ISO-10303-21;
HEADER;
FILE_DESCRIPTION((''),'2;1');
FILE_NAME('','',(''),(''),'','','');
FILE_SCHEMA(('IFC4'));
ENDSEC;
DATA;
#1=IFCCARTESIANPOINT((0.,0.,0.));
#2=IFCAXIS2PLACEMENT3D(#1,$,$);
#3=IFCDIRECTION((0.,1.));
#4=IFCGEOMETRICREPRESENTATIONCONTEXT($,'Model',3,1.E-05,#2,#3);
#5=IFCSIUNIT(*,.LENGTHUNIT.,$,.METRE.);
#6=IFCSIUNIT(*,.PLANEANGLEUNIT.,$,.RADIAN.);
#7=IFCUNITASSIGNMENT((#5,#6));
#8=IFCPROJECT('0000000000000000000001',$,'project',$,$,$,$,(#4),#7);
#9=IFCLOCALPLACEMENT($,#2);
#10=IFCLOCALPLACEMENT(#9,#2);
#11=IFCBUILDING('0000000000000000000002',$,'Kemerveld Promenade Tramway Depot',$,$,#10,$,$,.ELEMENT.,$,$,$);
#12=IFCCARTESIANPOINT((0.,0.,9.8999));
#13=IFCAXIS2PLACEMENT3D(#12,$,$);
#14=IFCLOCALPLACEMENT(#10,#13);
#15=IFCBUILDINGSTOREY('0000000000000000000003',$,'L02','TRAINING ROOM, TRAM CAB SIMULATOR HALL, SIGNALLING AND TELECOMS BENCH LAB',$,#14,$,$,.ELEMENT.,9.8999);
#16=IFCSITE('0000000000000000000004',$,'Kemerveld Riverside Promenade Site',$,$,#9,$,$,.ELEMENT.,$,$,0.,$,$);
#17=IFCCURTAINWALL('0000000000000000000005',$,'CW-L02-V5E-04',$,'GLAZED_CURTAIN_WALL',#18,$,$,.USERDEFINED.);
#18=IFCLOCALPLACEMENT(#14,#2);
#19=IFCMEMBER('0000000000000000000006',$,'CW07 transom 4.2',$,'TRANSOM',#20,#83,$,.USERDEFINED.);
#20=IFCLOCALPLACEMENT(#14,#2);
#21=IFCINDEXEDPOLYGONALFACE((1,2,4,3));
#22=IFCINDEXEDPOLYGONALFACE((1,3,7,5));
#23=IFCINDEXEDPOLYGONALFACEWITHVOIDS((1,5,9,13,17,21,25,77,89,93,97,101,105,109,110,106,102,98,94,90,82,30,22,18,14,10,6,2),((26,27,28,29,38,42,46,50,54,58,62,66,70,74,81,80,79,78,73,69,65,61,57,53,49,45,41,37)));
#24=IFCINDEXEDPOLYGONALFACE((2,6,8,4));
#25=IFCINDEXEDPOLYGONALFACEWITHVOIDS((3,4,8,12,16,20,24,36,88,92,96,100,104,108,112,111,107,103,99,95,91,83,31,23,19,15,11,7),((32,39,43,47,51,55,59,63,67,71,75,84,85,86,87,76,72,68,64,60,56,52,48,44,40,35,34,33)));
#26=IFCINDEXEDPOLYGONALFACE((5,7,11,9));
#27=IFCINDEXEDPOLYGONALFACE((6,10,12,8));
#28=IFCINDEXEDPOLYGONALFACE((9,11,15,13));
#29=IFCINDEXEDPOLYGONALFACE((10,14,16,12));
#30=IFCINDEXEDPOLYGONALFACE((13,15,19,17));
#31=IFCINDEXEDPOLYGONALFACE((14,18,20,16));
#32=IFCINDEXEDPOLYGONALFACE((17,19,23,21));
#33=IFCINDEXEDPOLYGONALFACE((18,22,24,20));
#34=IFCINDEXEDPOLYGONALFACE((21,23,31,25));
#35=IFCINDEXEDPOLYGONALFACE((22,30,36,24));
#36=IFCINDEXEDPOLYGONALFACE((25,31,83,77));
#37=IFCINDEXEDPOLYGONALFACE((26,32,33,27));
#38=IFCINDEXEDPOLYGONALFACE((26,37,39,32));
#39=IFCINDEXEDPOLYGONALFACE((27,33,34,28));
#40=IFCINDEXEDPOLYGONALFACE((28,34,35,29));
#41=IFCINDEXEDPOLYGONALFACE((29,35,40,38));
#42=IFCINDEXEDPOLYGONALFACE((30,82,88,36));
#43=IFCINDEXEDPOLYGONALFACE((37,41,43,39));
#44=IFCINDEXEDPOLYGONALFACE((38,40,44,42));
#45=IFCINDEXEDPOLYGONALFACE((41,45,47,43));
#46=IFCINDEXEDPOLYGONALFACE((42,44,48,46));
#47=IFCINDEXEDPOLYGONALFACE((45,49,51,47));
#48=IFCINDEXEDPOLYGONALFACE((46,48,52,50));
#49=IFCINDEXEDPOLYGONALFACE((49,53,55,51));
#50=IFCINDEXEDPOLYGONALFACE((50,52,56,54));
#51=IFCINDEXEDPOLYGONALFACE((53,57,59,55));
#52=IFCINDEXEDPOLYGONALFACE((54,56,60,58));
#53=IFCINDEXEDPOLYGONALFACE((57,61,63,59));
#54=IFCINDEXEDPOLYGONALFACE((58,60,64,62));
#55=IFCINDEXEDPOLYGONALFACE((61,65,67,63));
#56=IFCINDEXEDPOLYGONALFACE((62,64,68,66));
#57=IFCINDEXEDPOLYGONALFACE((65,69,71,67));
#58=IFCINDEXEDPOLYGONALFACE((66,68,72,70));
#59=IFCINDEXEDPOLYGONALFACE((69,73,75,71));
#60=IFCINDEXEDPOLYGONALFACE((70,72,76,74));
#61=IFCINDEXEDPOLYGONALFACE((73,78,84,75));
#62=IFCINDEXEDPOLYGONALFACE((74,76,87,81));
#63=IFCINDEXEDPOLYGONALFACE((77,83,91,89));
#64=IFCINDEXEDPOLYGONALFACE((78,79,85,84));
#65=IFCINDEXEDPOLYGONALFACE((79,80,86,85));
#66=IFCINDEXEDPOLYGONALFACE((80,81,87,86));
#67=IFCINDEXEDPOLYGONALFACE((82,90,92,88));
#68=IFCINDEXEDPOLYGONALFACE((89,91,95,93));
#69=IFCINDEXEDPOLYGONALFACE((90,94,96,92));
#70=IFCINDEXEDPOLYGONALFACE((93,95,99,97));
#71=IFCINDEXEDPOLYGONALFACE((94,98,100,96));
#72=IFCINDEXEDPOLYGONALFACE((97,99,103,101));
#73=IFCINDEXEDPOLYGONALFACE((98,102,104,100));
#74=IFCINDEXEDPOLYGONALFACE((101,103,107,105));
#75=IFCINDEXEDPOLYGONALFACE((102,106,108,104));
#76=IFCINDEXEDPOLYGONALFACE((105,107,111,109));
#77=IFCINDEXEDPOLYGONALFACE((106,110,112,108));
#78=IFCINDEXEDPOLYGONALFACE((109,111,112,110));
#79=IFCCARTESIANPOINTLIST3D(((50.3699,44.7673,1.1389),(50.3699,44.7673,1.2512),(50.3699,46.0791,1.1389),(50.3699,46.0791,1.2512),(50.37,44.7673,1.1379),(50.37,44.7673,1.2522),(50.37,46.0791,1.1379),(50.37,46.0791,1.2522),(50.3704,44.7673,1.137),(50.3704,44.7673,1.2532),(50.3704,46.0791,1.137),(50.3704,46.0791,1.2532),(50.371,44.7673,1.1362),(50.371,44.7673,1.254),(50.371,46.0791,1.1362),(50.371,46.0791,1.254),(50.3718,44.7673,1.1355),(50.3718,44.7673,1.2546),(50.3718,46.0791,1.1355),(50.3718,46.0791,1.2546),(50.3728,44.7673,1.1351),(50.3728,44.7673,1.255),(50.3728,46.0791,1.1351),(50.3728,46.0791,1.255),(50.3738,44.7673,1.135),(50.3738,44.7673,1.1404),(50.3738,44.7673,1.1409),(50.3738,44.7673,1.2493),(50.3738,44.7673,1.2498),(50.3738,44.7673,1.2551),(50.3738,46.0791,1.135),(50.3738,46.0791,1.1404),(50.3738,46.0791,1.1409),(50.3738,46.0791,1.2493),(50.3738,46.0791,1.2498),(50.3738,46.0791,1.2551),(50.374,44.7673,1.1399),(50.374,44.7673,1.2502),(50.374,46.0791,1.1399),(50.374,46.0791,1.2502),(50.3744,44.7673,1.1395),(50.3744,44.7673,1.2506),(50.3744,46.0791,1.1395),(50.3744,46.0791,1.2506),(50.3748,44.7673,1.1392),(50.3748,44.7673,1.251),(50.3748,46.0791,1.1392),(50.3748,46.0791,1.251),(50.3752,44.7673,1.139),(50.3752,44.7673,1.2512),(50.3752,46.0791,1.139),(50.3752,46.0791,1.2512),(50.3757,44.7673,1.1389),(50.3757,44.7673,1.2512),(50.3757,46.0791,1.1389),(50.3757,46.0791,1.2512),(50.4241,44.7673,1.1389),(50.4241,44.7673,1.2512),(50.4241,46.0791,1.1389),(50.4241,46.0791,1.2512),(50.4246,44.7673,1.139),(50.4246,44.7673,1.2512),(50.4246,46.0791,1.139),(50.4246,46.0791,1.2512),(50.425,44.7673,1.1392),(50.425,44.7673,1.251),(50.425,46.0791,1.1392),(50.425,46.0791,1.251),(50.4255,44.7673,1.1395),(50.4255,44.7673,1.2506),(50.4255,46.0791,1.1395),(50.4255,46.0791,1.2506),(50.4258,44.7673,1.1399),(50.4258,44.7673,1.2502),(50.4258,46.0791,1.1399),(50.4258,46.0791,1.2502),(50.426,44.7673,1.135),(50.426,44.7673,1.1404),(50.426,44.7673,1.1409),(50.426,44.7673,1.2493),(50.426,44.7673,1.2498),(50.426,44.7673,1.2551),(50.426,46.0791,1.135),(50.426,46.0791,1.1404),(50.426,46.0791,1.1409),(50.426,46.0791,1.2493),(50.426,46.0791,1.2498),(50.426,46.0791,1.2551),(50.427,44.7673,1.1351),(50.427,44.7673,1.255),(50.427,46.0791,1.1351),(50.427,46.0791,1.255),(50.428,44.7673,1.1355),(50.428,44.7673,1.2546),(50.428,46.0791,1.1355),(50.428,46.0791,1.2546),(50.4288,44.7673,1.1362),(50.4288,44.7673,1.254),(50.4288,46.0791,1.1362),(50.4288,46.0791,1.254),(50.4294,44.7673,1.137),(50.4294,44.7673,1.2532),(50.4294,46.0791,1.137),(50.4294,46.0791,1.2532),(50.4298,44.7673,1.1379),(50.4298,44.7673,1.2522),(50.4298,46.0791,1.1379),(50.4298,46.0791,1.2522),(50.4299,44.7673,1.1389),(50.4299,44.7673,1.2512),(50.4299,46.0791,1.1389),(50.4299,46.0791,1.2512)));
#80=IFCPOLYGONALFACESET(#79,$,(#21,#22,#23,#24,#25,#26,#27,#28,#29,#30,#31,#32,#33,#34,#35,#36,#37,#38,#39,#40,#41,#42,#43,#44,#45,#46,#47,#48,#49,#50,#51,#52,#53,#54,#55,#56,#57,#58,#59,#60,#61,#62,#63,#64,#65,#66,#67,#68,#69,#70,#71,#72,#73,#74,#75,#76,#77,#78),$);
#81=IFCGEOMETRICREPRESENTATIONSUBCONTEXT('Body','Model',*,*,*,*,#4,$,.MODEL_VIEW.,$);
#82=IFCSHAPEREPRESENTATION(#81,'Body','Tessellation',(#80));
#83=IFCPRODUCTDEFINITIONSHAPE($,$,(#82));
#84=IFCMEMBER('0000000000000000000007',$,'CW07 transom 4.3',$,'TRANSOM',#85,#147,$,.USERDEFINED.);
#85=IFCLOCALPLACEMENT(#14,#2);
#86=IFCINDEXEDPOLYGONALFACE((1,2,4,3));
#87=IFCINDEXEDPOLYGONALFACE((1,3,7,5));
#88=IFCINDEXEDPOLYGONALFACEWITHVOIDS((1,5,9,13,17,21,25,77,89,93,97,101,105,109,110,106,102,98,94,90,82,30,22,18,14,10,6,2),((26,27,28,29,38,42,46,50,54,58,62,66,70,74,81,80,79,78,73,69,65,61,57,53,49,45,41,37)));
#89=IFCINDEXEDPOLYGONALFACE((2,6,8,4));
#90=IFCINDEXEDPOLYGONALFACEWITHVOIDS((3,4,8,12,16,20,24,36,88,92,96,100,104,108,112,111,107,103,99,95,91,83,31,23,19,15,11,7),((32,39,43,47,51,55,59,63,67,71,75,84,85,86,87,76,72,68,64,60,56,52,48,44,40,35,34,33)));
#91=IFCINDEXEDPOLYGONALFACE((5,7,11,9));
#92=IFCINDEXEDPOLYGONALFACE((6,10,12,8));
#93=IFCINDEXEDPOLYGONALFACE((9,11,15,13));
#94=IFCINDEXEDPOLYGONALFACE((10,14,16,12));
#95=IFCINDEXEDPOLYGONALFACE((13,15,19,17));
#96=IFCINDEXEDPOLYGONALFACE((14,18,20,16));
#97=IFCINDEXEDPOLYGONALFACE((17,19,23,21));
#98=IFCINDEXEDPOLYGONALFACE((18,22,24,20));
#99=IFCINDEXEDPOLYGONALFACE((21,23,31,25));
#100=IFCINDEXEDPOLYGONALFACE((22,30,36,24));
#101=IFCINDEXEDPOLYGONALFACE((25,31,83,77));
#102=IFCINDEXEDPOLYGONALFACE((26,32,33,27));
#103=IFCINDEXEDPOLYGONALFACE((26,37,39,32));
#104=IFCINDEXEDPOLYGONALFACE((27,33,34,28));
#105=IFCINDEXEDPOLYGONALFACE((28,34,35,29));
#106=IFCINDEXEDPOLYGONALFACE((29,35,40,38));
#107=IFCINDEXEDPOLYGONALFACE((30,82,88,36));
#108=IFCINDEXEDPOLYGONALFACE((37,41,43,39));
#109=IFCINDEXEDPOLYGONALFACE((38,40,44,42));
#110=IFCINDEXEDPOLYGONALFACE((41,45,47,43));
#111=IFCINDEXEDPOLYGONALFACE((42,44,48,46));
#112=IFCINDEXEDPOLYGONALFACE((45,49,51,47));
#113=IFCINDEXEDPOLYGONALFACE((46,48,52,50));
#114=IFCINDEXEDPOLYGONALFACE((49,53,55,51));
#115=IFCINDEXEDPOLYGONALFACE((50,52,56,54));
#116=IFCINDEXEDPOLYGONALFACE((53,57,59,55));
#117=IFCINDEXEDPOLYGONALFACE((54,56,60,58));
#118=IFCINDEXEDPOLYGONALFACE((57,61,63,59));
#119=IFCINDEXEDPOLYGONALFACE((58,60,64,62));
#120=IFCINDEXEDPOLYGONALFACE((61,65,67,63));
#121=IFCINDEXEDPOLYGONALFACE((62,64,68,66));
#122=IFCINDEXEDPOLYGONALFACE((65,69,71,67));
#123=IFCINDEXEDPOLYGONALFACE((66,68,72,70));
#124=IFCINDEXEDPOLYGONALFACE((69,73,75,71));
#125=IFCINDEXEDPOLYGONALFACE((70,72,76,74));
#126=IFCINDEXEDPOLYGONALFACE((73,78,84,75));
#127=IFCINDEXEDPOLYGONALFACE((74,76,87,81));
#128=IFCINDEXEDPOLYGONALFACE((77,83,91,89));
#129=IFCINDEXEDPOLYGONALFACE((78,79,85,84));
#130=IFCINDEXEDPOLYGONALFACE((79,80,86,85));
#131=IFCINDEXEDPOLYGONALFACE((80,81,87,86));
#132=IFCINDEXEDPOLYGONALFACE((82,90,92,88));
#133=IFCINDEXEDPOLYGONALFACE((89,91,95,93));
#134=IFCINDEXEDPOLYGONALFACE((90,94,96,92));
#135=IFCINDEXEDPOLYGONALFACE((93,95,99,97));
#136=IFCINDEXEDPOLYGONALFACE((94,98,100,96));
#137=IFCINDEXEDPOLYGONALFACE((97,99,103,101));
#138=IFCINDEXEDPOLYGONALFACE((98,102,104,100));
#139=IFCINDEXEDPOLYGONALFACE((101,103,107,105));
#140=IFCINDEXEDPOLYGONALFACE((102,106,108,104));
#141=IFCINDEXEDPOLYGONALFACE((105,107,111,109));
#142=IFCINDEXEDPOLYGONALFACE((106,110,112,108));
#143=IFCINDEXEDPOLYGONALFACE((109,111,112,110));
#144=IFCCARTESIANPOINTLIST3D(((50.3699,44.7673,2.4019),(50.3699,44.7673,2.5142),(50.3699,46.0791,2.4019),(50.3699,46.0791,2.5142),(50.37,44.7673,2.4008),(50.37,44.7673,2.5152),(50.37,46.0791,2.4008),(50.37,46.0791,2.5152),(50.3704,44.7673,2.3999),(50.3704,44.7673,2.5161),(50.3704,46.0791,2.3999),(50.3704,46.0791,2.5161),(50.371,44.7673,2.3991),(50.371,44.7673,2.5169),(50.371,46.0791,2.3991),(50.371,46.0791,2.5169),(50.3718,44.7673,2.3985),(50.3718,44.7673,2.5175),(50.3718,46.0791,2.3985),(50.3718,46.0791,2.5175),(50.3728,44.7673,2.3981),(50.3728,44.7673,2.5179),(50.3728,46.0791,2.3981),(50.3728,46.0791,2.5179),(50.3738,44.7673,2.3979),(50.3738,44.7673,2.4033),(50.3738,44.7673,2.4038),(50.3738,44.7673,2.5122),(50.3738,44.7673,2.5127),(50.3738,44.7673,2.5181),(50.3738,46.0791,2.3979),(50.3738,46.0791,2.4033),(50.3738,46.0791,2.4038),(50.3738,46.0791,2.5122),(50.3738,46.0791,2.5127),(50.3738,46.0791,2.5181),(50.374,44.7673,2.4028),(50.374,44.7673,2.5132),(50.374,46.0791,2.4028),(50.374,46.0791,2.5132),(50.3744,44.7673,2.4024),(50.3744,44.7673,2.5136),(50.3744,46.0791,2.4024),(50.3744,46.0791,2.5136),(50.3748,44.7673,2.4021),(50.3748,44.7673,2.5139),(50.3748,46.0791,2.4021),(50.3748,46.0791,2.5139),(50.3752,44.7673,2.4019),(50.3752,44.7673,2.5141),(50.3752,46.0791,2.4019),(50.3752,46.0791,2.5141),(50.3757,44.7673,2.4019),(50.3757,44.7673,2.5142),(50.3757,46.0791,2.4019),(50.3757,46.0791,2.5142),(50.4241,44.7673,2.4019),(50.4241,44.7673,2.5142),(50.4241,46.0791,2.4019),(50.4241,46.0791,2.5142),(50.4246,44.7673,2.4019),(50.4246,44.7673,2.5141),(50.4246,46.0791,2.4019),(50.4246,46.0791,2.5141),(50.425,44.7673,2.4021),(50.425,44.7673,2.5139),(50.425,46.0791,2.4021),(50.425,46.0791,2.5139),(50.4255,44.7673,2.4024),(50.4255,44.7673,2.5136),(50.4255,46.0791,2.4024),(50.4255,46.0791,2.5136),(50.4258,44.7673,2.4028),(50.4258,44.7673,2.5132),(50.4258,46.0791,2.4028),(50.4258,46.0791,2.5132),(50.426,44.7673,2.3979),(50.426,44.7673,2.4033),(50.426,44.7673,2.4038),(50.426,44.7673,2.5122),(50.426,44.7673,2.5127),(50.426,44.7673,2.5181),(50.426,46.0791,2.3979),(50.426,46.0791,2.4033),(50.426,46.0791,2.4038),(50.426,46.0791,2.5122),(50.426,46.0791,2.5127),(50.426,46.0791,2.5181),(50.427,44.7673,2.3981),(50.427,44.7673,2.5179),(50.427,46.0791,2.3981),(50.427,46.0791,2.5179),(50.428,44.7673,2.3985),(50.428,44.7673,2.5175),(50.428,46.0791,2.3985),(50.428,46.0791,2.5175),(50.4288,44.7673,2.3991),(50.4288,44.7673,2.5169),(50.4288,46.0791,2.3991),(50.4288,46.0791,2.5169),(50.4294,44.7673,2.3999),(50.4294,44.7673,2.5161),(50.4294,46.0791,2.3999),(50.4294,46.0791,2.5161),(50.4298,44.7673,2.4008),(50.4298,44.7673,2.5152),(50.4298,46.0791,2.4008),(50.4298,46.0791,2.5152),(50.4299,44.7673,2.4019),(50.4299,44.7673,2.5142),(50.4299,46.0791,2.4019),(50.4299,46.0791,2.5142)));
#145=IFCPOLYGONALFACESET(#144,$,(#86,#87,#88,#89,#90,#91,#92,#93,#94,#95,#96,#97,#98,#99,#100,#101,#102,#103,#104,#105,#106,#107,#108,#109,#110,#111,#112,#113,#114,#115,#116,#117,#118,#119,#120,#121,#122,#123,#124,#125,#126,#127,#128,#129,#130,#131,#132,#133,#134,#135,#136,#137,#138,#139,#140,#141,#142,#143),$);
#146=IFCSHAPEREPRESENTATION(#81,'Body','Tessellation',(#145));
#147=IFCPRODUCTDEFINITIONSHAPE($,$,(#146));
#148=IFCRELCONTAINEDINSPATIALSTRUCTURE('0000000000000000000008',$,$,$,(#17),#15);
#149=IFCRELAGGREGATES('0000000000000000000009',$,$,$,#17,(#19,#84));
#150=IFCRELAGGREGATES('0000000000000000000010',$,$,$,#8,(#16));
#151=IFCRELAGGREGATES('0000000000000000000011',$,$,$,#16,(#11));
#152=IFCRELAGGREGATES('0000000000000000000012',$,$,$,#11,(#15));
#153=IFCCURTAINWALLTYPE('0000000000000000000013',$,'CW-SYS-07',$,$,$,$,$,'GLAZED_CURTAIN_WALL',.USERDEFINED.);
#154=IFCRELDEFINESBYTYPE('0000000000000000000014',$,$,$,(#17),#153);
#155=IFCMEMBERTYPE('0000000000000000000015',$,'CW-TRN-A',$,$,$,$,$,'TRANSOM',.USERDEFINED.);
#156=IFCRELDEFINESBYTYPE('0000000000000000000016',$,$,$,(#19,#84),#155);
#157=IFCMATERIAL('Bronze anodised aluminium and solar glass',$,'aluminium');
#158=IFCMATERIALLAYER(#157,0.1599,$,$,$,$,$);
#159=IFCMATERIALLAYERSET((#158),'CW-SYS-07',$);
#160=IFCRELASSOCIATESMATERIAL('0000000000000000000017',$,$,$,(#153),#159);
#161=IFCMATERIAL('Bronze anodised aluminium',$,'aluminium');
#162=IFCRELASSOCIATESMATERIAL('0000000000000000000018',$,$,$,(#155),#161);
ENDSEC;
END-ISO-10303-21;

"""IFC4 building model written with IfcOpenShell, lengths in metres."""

from ifc_helpers import new_model, si_unit, direction, frame, origin, origin_2d, place, context, subcontext, project, spatial, hollow_rectangle, extrude, material, layer, layer_set, material_profile, profile_set, type_object, element, aggregate, save


model = new_model("IFC4")

# Units and contexts
model_context = context("Model", 3, precision=1e-05, world=origin(), true_north=direction((0.0, 1.0)))
body_context = subcontext(model_context, "Body", "Model", "MODEL_VIEW")
ifc_project = project(units=[si_unit("LENGTHUNIT", "METRE"), si_unit("PLANEANGLEUNIT", "RADIAN")], contexts=[model_context])

# Site, building, storey
site_placement = place(None, origin())
site = spatial("IfcSite", under=ifc_project, at=site_placement, Name="Kemerveld Riverside Promenade Site", CompositionType="ELEMENT", RefElevation=0.0)
building_placement = place(site_placement, origin())
building = spatial("IfcBuilding", under=site, at=building_placement, Name="Kemerveld Promenade Tramway Depot", CompositionType="ELEMENT")
storey_placement = place(building_placement, frame((0.0, 0.0, 9.8999)))
storey = spatial("IfcBuildingStorey", under=building, at=storey_placement, Name="L02", Description="TRAINING ROOM, TRAM CAB SIMULATOR HALL, SIGNALLING AND TELECOMS BENCH LAB", CompositionType="ELEMENT", Elevation=9.8999)

# Curtain wall, members
ifc_material_1 = material(Name="Bronze anodised aluminium and solar glass", Category="aluminium")
ifc_layer_1 = layer(ifc_material_1, 0.1599)
ifc_layer_set_1 = layer_set([ifc_layer_1], Name="CW-SYS-07")
curtain_wall_type = type_object("IfcCurtainWallType", Name="CW-SYS-07", ElementType="GLAZED_CURTAIN_WALL", PredefinedType="USERDEFINED", material=ifc_layer_set_1)
curtain_wall_placement = place(storey_placement, origin())
curtain_wall = element("IfcCurtainWall", 1, at=curtain_wall_placement, inside=storey, type_object=curtain_wall_type, Name="CW-L02-V5E-04", ObjectType="GLAZED_CURTAIN_WALL", PredefinedType="USERDEFINED")
ifc_material_2 = material(Name="Bronze anodised aluminium", Category="aluminium")
ifc_material_profile_1 = material_profile(ifc_material_2, hollow_rectangle(XDim=0.0601, YDim=0.1201, WallThickness=0.0039, InnerFilletRadius=0.002, OuterFilletRadius=0.0039, at=origin_2d()), Name="CW-TRN-120x60")
ifc_profile_set_1 = profile_set([ifc_material_profile_1], Name="Bronze anodised aluminium")
member_type_1 = type_object("IfcMemberType", Name="CW-TRN-A", ElementType="TRANSOM", PredefinedType="USERDEFINED", material=ifc_profile_set_1)
member_1_placement = place(storey_placement, frame((50.3999, 46.0791, 1.1951), z_axis=(0.0, -1.0, 0.0), x_axis=(1.0, 0.0, 0.0)))
member_1 = element("IfcMember", 2, at=member_1_placement, type_object=member_type_1, Name="CW07 transom 4.2", ObjectType="TRANSOM", PredefinedType="USERDEFINED", context=body_context, shape_type="SweptSolid", body=[
    extrude(hollow_rectangle(XDim=0.0601, YDim=0.1201, WallThickness=0.0039, InnerFilletRadius=0.002, OuterFilletRadius=0.0039, at=origin_2d()), origin(), (0.0, 0.0, 1.0), 1.3118),
])
member_2_placement = place(storey_placement, frame((50.3999, 46.0791, 2.458), z_axis=(0.0, -1.0, 0.0), x_axis=(1.0, 0.0, 0.0)))
member_2 = element("IfcMember", 3, at=member_2_placement, type_object=member_type_1, Name="CW07 transom 4.3", ObjectType="TRANSOM", PredefinedType="USERDEFINED", context=body_context, shape_type="SweptSolid", body=[
    extrude(hollow_rectangle(XDim=0.0601, YDim=0.1201, WallThickness=0.0039, InnerFilletRadius=0.002, OuterFilletRadius=0.0039, at=origin_2d()), origin(), (0.0, 0.0, 1.0), 1.3118),
])
aggregate(curtain_wall, [member_1, member_2])

save(model, "model.ifc")
